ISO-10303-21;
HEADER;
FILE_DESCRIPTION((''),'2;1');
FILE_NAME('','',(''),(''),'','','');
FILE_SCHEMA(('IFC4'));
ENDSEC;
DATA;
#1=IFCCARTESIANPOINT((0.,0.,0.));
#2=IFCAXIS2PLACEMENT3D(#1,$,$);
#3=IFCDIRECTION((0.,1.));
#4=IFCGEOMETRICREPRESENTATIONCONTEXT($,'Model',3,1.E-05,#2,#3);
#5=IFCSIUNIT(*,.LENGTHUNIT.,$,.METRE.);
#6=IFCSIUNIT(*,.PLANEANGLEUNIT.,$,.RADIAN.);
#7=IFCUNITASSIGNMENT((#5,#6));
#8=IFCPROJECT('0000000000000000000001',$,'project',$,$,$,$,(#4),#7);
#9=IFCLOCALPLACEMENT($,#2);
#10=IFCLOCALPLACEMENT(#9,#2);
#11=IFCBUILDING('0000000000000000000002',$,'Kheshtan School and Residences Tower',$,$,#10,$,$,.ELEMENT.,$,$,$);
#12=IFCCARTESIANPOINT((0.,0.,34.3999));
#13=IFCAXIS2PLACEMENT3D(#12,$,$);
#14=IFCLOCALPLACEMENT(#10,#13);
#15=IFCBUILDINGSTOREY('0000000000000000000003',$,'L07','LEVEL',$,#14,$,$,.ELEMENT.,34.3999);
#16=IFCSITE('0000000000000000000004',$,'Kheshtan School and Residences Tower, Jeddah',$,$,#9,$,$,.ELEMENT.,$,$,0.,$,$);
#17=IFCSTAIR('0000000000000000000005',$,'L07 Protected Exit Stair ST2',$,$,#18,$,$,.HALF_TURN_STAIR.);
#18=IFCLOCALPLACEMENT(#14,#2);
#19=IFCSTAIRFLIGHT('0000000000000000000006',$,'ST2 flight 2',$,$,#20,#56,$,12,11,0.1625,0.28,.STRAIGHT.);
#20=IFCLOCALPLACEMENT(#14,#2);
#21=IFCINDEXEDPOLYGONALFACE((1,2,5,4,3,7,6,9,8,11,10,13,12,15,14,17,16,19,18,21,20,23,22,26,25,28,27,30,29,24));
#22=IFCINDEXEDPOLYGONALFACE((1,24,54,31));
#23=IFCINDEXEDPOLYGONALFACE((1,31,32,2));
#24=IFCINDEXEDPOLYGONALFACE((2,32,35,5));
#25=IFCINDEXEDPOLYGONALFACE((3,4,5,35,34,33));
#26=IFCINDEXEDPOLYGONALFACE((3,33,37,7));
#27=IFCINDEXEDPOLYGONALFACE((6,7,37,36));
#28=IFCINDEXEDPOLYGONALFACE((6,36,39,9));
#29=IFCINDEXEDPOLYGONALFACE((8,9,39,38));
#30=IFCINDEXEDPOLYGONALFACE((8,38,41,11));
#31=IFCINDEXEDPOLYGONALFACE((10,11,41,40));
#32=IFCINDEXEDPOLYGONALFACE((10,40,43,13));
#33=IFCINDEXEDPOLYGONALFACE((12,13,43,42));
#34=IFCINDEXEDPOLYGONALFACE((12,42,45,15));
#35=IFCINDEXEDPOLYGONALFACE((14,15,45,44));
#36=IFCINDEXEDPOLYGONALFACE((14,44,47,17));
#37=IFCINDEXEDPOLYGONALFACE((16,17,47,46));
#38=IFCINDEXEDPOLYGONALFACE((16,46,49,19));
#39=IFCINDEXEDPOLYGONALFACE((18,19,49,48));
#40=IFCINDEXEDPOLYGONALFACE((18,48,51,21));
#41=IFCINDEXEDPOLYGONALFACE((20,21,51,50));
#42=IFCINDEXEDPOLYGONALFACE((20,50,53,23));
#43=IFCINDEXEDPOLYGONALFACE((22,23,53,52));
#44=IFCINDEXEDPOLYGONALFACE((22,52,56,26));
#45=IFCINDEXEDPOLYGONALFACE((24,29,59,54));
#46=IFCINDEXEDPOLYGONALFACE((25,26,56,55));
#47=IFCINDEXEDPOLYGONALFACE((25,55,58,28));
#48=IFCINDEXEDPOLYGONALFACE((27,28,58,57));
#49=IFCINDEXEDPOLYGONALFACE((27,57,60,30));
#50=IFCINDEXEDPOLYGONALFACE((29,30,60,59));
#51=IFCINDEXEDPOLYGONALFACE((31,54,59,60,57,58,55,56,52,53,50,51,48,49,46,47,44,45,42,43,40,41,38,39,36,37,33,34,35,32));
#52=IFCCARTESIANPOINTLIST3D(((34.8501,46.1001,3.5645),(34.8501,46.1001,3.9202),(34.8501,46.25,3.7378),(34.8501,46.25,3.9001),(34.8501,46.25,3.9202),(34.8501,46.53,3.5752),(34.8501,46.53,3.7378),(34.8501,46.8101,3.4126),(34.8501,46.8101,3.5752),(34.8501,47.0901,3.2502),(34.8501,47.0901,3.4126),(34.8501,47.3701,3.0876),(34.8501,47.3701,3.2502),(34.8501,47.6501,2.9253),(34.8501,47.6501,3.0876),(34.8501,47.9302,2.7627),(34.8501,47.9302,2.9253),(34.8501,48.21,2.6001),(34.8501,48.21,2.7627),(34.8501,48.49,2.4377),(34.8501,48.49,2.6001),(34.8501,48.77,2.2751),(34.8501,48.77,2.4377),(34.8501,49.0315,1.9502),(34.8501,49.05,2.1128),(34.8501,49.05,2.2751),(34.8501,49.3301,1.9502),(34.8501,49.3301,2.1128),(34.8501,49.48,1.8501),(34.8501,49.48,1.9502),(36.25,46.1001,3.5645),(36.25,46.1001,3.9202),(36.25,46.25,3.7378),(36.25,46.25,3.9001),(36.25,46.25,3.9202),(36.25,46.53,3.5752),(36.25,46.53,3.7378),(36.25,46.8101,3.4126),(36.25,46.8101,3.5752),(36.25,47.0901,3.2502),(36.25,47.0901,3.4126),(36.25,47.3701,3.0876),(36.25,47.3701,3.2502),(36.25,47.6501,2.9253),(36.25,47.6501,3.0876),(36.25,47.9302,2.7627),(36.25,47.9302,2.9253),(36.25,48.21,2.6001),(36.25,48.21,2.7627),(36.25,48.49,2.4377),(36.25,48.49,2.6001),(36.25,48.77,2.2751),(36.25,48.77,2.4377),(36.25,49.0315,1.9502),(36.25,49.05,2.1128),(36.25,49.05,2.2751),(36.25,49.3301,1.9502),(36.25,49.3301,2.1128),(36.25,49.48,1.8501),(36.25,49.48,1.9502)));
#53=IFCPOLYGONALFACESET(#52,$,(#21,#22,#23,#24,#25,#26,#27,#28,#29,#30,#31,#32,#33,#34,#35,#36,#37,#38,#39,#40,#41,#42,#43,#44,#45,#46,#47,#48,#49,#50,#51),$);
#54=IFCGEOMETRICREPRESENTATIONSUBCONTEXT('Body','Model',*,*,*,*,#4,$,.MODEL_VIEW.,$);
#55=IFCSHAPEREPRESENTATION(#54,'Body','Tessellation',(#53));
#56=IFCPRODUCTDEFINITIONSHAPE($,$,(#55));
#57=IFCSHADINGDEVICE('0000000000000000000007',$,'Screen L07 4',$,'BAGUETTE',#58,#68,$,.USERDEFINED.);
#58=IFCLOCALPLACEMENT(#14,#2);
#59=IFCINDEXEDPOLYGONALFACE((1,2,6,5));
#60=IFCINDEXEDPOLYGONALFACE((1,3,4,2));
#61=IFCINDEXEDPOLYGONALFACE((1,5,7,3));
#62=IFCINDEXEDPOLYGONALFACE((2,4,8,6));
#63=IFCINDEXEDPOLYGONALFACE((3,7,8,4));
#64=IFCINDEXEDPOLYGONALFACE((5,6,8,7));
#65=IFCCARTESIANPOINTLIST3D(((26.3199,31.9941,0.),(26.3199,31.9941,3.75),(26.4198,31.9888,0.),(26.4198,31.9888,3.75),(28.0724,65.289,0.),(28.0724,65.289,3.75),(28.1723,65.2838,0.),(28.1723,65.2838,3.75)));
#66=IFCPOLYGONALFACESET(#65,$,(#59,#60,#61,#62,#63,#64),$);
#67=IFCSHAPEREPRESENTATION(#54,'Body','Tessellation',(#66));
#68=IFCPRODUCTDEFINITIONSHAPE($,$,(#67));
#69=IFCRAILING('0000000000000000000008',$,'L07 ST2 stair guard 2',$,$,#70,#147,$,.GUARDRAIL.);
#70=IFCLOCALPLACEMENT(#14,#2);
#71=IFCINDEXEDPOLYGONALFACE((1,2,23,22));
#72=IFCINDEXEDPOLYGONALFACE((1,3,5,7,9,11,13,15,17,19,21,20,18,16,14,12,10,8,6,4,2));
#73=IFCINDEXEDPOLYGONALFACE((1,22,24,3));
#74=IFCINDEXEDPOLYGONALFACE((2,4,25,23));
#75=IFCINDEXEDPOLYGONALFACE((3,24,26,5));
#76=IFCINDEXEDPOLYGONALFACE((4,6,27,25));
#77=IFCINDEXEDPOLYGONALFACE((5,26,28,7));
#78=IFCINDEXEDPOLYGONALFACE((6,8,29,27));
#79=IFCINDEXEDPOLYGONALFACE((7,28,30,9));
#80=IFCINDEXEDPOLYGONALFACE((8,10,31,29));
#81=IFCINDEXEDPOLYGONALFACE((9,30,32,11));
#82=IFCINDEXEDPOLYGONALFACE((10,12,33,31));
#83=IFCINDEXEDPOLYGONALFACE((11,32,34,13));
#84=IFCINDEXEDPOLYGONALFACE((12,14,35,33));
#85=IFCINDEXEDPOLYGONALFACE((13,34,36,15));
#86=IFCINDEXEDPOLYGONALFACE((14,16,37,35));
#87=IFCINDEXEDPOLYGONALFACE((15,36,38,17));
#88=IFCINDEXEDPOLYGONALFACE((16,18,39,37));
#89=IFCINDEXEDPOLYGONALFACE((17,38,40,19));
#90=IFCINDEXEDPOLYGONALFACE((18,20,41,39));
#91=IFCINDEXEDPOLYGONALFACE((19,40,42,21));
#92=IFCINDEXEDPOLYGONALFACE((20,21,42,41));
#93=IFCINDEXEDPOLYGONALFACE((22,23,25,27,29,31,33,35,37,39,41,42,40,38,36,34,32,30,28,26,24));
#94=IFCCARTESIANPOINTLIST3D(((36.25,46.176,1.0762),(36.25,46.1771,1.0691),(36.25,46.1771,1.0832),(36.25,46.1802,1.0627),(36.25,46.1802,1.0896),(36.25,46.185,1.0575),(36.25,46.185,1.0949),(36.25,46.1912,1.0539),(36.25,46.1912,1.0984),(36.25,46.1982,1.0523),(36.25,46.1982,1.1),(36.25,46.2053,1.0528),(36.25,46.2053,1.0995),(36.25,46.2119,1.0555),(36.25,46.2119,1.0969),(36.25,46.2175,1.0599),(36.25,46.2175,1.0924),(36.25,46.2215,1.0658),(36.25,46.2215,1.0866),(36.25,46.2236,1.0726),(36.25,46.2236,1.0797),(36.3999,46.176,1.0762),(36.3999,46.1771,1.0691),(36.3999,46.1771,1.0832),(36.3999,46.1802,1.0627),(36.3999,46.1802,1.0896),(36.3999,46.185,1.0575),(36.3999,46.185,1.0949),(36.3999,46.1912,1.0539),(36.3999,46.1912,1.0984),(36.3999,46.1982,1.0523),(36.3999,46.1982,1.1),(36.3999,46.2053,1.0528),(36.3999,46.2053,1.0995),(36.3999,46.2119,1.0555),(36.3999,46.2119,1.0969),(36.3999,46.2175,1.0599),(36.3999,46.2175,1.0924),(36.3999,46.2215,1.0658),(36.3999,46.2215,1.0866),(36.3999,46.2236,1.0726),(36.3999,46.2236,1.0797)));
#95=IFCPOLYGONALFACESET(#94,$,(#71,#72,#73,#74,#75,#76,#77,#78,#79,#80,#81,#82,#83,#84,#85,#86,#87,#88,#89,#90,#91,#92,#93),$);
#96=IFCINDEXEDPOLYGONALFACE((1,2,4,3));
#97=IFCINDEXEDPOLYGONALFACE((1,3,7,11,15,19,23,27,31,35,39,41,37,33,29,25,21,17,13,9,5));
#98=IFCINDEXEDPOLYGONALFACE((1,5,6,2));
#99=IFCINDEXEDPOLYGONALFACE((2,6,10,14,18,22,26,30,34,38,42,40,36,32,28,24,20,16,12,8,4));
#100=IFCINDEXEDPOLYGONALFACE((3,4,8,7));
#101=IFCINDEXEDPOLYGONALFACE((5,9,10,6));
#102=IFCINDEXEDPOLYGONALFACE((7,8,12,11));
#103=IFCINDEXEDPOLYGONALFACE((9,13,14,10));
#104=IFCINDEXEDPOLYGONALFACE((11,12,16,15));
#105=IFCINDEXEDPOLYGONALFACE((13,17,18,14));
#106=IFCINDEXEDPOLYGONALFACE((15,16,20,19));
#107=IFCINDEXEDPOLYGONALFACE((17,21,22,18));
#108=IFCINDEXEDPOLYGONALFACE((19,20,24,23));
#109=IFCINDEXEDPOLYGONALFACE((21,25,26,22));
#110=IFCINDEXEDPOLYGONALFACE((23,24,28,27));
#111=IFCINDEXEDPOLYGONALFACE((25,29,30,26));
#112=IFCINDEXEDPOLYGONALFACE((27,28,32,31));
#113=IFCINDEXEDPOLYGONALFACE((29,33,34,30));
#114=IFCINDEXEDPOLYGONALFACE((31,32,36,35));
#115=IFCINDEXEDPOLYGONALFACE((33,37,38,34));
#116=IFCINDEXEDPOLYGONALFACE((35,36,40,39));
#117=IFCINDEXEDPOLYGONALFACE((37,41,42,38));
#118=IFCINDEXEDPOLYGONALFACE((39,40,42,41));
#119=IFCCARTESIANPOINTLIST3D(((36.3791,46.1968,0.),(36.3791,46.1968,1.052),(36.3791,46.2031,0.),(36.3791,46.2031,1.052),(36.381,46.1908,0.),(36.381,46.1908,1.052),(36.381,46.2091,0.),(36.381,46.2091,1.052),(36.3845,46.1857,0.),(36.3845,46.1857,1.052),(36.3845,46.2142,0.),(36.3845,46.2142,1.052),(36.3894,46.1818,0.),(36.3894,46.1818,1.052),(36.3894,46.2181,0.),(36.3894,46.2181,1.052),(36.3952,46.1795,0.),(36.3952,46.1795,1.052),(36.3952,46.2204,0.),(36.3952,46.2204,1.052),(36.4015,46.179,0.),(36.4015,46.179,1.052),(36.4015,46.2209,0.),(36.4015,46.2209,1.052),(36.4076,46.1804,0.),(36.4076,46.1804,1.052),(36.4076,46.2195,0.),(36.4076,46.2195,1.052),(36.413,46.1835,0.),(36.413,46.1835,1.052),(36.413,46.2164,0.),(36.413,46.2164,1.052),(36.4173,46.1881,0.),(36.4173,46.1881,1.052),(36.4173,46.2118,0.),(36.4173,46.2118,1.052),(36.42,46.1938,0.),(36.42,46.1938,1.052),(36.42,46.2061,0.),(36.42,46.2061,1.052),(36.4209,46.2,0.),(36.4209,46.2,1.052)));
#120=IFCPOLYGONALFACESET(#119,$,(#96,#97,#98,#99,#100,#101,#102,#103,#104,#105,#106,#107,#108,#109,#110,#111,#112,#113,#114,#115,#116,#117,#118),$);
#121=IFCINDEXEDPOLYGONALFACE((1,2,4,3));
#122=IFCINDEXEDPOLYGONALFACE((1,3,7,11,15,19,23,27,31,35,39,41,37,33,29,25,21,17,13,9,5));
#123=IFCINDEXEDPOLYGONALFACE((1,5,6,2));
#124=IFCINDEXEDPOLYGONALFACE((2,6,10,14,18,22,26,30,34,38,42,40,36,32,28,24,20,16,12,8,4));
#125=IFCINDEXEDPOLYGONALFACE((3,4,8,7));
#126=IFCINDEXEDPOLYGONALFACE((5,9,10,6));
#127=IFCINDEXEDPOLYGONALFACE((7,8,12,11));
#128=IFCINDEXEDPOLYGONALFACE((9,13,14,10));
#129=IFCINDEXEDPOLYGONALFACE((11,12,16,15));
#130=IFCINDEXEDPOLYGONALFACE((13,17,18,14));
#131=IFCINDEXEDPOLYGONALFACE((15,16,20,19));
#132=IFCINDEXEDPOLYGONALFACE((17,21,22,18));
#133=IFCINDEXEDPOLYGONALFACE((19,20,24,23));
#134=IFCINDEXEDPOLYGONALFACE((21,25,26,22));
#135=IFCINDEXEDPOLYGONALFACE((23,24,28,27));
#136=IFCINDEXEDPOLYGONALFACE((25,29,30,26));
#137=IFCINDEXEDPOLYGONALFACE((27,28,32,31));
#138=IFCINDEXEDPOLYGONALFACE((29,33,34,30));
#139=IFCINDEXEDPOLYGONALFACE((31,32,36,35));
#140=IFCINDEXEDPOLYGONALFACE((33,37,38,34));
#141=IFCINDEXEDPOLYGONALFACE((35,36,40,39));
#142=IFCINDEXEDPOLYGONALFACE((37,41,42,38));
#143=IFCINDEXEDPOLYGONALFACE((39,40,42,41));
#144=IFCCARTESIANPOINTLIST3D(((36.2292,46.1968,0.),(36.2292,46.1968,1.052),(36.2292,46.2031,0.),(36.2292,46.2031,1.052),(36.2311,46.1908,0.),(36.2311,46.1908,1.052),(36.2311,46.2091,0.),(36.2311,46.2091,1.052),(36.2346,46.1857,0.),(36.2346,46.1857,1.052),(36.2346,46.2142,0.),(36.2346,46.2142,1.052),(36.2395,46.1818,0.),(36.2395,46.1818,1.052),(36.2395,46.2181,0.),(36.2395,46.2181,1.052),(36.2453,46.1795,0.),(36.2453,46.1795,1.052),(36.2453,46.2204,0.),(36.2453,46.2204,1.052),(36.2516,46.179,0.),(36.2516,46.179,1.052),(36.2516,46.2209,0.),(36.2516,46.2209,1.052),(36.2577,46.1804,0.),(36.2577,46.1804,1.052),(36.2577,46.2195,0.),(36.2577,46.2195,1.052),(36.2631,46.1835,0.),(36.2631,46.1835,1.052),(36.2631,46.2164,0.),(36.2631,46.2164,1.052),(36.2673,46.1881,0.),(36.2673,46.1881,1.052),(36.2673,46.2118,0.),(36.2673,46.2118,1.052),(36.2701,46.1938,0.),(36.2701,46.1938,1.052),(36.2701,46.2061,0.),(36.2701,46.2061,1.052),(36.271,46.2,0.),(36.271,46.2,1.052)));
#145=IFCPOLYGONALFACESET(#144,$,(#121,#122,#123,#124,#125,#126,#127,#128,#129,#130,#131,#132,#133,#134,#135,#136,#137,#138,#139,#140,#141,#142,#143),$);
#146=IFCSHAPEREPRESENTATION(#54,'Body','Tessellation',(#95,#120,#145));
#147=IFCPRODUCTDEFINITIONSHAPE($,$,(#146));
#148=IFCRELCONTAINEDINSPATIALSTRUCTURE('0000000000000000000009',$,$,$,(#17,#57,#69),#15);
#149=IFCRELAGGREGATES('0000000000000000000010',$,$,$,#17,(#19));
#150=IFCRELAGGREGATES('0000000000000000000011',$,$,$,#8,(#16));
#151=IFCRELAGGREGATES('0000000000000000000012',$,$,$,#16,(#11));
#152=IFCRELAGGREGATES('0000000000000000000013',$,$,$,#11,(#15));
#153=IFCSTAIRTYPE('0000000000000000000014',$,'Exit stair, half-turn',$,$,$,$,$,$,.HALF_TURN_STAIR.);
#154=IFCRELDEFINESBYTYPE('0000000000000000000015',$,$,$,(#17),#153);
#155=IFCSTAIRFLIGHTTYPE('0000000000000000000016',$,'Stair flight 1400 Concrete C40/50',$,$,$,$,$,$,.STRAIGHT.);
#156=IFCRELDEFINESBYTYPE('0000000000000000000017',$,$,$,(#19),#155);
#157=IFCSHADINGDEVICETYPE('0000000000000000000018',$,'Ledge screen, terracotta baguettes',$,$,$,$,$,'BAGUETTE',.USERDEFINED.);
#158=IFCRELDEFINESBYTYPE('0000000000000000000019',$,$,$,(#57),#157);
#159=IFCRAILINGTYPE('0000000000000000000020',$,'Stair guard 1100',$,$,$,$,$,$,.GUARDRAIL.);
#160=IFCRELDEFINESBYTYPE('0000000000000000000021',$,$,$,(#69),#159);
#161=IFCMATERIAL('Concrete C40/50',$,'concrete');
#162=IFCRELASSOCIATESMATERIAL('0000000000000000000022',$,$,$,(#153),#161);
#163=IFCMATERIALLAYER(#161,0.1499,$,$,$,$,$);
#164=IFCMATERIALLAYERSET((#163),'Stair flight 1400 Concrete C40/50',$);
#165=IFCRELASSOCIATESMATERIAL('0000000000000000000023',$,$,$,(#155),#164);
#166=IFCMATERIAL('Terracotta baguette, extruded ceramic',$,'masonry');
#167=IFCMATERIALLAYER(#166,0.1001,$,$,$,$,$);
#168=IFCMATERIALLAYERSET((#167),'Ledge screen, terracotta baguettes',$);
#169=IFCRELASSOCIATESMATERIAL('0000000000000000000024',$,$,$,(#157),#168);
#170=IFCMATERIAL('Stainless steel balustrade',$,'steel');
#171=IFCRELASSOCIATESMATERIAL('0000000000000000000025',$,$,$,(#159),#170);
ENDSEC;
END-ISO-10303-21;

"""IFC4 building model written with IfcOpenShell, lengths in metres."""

from ifc_helpers import new_model, si_unit, direction, frame, origin, origin_2d, place, context, subcontext, project, spatial, polyline, rectangle, circle, outline, extrude, material, layer, layer_set, type_object, element, aggregate, save


model = new_model("IFC4")

# Units and contexts
model_context = context("Model", 3, precision=1e-05, world=origin(), true_north=direction((0.0, 1.0)))
body_context = subcontext(model_context, "Body", "Model", "MODEL_VIEW")
ifc_project = project(units=[si_unit("LENGTHUNIT", "METRE"), si_unit("PLANEANGLEUNIT", "RADIAN")], contexts=[model_context])

# Site, building, storey
site_placement = place(None, origin())
site = spatial("IfcSite", under=ifc_project, at=site_placement, Name="Kheshtan School and Residences Tower, Jeddah", CompositionType="ELEMENT", RefElevation=0.0)
building_placement = place(site_placement, origin())
building = spatial("IfcBuilding", under=site, at=building_placement, Name="Kheshtan School and Residences Tower", CompositionType="ELEMENT")
storey_placement = place(building_placement, frame((0.0, 0.0, 34.3999)))
storey = spatial("IfcBuildingStorey", under=building, at=storey_placement, Name="L07", Description="LEVEL", CompositionType="ELEMENT", Elevation=34.3999)

# Shared definitions
ifc_material_1 = material(Name="Concrete C40/50", Category="concrete")

# Stair, stair flight
stair_type = type_object("IfcStairType", Name="Exit stair, half-turn", PredefinedType="HALF_TURN_STAIR", material=ifc_material_1)
stair_placement = place(storey_placement, origin())
stair = element("IfcStair", 1, at=stair_placement, inside=storey, type_object=stair_type, Name="L07 Protected Exit Stair ST2", PredefinedType="HALF_TURN_STAIR")
ifc_layer_1 = layer(ifc_material_1, 0.1499)
ifc_layer_set_1 = layer_set([ifc_layer_1], Name="Stair flight 1400 Concrete C40/50")
stair_flight_type = type_object("IfcStairFlightType", Name="Stair flight 1400 Concrete C40/50", PredefinedType="STRAIGHT", material=ifc_layer_set_1)
stair_flight_1_placement = place(storey_placement, frame((35.55, 49.3301, 1.9502), z_axis=(0.0, 0.0, 1.0), x_axis=(0.0, -1.0, 0.0)))
stair_flight_1 = element("IfcStairFlight", 2, at=stair_flight_1_placement, type_object=stair_flight_type, Name="ST2 flight 2", NumberOfRisers=12, NumberOfTreads=11, PredefinedType="STRAIGHT", RiserHeight=0.1625, TreadLength=0.28, context=body_context, shape_type="SweptSolid", body=[
    extrude(outline(polyline([(-0.1499, -0.1001), (-0.1499, 0.0), (0.0, 0.0), (0.0, 0.1626), (0.28, 0.1626), (0.28, 0.325), (0.5601, 0.325), (0.5601, 0.4875), (0.8401, 0.4875), (0.8401, 0.6499), (1.1201, 0.6499), (1.1201, 0.8125), (1.3999, 0.8125), (1.3999, 0.9751), (1.6799, 0.9751), (1.6799, 1.1375), (1.96, 1.1375), (1.96, 1.3), (2.24, 1.3), (2.24, 1.4624), (2.52, 1.4624), (2.52, 1.625), (2.8, 1.625), (2.8, 1.7876), (3.0801, 1.7876), (3.0801, 1.95), (3.0801, 1.97), (3.23, 1.97), (3.23, 1.6143), (0.2986, 0.0), (-0.1499, -0.1001)])), frame((0.0, 0.7, 0.0), z_axis=(0.0, -1.0, 0.0), x_axis=(1.0, 0.0, 0.0)), (0.0, 0.0, 1.0), 1.3999),
])
aggregate(stair, [stair_flight_1])

# Shading device
ifc_material_2 = material(Name="Terracotta baguette, extruded ceramic", Category="masonry")
ifc_layer_2 = layer(ifc_material_2, 0.1001)
ifc_layer_set_2 = layer_set([ifc_layer_2], Name="Ledge screen, terracotta baguettes")
shading_device_type = type_object("IfcShadingDeviceType", Name="Ledge screen, terracotta baguettes", ElementType="BAGUETTE", PredefinedType="USERDEFINED", material=ifc_layer_set_2)
shading_device_placement = place(storey_placement, frame((27.2461, 48.6389, 0.0), z_axis=(0.0, 0.0, 1.0), x_axis=(0.052563, 0.998618, 0.0)))
element("IfcShadingDevice", 3, at=shading_device_placement, inside=storey, type_object=shading_device_type, Name="Screen L07 4", ObjectType="BAGUETTE", PredefinedType="USERDEFINED", context=body_context, shape_type="SweptSolid", body=[
    extrude(rectangle(XDim=33.3411, YDim=0.1001, at=origin_2d()), origin(), (0.0, 0.0, 1.0), 3.75),
])

# Railing
ifc_material_3 = material(Name="Stainless steel balustrade", Category="steel")
railing_type_1 = type_object("IfcRailingType", Name="Stair guard 1100", PredefinedType="GUARDRAIL", material=ifc_material_3)
railing_1_placement = place(storey_placement, frame((36.3999, 46.2, 0.0)))
element("IfcRailing", 4, at=railing_1_placement, inside=storey, type_object=railing_type_1, Name="L07 ST2 stair guard 2", PredefinedType="GUARDRAIL", context=body_context, shape_type="SweptSolid", body=[
    extrude(circle(Radius=0.0239, at=origin_2d()), frame((0.0, 0.0, 1.0762), z_axis=(-1.0, 0.0, 0.0), x_axis=(0.0, -1.0, 0.0)), (0.0, 0.0, 1.0), 0.1499),
    extrude(circle(Radius=0.021, at=origin_2d()), origin(), (0.0, 0.0, 1.0), 1.052),
    extrude(circle(Radius=0.021, at=origin_2d()), frame((-0.1499, 0.0, 0.0)), (0.0, 0.0, 1.0), 1.052),
])

save(model, "model.ifc")
